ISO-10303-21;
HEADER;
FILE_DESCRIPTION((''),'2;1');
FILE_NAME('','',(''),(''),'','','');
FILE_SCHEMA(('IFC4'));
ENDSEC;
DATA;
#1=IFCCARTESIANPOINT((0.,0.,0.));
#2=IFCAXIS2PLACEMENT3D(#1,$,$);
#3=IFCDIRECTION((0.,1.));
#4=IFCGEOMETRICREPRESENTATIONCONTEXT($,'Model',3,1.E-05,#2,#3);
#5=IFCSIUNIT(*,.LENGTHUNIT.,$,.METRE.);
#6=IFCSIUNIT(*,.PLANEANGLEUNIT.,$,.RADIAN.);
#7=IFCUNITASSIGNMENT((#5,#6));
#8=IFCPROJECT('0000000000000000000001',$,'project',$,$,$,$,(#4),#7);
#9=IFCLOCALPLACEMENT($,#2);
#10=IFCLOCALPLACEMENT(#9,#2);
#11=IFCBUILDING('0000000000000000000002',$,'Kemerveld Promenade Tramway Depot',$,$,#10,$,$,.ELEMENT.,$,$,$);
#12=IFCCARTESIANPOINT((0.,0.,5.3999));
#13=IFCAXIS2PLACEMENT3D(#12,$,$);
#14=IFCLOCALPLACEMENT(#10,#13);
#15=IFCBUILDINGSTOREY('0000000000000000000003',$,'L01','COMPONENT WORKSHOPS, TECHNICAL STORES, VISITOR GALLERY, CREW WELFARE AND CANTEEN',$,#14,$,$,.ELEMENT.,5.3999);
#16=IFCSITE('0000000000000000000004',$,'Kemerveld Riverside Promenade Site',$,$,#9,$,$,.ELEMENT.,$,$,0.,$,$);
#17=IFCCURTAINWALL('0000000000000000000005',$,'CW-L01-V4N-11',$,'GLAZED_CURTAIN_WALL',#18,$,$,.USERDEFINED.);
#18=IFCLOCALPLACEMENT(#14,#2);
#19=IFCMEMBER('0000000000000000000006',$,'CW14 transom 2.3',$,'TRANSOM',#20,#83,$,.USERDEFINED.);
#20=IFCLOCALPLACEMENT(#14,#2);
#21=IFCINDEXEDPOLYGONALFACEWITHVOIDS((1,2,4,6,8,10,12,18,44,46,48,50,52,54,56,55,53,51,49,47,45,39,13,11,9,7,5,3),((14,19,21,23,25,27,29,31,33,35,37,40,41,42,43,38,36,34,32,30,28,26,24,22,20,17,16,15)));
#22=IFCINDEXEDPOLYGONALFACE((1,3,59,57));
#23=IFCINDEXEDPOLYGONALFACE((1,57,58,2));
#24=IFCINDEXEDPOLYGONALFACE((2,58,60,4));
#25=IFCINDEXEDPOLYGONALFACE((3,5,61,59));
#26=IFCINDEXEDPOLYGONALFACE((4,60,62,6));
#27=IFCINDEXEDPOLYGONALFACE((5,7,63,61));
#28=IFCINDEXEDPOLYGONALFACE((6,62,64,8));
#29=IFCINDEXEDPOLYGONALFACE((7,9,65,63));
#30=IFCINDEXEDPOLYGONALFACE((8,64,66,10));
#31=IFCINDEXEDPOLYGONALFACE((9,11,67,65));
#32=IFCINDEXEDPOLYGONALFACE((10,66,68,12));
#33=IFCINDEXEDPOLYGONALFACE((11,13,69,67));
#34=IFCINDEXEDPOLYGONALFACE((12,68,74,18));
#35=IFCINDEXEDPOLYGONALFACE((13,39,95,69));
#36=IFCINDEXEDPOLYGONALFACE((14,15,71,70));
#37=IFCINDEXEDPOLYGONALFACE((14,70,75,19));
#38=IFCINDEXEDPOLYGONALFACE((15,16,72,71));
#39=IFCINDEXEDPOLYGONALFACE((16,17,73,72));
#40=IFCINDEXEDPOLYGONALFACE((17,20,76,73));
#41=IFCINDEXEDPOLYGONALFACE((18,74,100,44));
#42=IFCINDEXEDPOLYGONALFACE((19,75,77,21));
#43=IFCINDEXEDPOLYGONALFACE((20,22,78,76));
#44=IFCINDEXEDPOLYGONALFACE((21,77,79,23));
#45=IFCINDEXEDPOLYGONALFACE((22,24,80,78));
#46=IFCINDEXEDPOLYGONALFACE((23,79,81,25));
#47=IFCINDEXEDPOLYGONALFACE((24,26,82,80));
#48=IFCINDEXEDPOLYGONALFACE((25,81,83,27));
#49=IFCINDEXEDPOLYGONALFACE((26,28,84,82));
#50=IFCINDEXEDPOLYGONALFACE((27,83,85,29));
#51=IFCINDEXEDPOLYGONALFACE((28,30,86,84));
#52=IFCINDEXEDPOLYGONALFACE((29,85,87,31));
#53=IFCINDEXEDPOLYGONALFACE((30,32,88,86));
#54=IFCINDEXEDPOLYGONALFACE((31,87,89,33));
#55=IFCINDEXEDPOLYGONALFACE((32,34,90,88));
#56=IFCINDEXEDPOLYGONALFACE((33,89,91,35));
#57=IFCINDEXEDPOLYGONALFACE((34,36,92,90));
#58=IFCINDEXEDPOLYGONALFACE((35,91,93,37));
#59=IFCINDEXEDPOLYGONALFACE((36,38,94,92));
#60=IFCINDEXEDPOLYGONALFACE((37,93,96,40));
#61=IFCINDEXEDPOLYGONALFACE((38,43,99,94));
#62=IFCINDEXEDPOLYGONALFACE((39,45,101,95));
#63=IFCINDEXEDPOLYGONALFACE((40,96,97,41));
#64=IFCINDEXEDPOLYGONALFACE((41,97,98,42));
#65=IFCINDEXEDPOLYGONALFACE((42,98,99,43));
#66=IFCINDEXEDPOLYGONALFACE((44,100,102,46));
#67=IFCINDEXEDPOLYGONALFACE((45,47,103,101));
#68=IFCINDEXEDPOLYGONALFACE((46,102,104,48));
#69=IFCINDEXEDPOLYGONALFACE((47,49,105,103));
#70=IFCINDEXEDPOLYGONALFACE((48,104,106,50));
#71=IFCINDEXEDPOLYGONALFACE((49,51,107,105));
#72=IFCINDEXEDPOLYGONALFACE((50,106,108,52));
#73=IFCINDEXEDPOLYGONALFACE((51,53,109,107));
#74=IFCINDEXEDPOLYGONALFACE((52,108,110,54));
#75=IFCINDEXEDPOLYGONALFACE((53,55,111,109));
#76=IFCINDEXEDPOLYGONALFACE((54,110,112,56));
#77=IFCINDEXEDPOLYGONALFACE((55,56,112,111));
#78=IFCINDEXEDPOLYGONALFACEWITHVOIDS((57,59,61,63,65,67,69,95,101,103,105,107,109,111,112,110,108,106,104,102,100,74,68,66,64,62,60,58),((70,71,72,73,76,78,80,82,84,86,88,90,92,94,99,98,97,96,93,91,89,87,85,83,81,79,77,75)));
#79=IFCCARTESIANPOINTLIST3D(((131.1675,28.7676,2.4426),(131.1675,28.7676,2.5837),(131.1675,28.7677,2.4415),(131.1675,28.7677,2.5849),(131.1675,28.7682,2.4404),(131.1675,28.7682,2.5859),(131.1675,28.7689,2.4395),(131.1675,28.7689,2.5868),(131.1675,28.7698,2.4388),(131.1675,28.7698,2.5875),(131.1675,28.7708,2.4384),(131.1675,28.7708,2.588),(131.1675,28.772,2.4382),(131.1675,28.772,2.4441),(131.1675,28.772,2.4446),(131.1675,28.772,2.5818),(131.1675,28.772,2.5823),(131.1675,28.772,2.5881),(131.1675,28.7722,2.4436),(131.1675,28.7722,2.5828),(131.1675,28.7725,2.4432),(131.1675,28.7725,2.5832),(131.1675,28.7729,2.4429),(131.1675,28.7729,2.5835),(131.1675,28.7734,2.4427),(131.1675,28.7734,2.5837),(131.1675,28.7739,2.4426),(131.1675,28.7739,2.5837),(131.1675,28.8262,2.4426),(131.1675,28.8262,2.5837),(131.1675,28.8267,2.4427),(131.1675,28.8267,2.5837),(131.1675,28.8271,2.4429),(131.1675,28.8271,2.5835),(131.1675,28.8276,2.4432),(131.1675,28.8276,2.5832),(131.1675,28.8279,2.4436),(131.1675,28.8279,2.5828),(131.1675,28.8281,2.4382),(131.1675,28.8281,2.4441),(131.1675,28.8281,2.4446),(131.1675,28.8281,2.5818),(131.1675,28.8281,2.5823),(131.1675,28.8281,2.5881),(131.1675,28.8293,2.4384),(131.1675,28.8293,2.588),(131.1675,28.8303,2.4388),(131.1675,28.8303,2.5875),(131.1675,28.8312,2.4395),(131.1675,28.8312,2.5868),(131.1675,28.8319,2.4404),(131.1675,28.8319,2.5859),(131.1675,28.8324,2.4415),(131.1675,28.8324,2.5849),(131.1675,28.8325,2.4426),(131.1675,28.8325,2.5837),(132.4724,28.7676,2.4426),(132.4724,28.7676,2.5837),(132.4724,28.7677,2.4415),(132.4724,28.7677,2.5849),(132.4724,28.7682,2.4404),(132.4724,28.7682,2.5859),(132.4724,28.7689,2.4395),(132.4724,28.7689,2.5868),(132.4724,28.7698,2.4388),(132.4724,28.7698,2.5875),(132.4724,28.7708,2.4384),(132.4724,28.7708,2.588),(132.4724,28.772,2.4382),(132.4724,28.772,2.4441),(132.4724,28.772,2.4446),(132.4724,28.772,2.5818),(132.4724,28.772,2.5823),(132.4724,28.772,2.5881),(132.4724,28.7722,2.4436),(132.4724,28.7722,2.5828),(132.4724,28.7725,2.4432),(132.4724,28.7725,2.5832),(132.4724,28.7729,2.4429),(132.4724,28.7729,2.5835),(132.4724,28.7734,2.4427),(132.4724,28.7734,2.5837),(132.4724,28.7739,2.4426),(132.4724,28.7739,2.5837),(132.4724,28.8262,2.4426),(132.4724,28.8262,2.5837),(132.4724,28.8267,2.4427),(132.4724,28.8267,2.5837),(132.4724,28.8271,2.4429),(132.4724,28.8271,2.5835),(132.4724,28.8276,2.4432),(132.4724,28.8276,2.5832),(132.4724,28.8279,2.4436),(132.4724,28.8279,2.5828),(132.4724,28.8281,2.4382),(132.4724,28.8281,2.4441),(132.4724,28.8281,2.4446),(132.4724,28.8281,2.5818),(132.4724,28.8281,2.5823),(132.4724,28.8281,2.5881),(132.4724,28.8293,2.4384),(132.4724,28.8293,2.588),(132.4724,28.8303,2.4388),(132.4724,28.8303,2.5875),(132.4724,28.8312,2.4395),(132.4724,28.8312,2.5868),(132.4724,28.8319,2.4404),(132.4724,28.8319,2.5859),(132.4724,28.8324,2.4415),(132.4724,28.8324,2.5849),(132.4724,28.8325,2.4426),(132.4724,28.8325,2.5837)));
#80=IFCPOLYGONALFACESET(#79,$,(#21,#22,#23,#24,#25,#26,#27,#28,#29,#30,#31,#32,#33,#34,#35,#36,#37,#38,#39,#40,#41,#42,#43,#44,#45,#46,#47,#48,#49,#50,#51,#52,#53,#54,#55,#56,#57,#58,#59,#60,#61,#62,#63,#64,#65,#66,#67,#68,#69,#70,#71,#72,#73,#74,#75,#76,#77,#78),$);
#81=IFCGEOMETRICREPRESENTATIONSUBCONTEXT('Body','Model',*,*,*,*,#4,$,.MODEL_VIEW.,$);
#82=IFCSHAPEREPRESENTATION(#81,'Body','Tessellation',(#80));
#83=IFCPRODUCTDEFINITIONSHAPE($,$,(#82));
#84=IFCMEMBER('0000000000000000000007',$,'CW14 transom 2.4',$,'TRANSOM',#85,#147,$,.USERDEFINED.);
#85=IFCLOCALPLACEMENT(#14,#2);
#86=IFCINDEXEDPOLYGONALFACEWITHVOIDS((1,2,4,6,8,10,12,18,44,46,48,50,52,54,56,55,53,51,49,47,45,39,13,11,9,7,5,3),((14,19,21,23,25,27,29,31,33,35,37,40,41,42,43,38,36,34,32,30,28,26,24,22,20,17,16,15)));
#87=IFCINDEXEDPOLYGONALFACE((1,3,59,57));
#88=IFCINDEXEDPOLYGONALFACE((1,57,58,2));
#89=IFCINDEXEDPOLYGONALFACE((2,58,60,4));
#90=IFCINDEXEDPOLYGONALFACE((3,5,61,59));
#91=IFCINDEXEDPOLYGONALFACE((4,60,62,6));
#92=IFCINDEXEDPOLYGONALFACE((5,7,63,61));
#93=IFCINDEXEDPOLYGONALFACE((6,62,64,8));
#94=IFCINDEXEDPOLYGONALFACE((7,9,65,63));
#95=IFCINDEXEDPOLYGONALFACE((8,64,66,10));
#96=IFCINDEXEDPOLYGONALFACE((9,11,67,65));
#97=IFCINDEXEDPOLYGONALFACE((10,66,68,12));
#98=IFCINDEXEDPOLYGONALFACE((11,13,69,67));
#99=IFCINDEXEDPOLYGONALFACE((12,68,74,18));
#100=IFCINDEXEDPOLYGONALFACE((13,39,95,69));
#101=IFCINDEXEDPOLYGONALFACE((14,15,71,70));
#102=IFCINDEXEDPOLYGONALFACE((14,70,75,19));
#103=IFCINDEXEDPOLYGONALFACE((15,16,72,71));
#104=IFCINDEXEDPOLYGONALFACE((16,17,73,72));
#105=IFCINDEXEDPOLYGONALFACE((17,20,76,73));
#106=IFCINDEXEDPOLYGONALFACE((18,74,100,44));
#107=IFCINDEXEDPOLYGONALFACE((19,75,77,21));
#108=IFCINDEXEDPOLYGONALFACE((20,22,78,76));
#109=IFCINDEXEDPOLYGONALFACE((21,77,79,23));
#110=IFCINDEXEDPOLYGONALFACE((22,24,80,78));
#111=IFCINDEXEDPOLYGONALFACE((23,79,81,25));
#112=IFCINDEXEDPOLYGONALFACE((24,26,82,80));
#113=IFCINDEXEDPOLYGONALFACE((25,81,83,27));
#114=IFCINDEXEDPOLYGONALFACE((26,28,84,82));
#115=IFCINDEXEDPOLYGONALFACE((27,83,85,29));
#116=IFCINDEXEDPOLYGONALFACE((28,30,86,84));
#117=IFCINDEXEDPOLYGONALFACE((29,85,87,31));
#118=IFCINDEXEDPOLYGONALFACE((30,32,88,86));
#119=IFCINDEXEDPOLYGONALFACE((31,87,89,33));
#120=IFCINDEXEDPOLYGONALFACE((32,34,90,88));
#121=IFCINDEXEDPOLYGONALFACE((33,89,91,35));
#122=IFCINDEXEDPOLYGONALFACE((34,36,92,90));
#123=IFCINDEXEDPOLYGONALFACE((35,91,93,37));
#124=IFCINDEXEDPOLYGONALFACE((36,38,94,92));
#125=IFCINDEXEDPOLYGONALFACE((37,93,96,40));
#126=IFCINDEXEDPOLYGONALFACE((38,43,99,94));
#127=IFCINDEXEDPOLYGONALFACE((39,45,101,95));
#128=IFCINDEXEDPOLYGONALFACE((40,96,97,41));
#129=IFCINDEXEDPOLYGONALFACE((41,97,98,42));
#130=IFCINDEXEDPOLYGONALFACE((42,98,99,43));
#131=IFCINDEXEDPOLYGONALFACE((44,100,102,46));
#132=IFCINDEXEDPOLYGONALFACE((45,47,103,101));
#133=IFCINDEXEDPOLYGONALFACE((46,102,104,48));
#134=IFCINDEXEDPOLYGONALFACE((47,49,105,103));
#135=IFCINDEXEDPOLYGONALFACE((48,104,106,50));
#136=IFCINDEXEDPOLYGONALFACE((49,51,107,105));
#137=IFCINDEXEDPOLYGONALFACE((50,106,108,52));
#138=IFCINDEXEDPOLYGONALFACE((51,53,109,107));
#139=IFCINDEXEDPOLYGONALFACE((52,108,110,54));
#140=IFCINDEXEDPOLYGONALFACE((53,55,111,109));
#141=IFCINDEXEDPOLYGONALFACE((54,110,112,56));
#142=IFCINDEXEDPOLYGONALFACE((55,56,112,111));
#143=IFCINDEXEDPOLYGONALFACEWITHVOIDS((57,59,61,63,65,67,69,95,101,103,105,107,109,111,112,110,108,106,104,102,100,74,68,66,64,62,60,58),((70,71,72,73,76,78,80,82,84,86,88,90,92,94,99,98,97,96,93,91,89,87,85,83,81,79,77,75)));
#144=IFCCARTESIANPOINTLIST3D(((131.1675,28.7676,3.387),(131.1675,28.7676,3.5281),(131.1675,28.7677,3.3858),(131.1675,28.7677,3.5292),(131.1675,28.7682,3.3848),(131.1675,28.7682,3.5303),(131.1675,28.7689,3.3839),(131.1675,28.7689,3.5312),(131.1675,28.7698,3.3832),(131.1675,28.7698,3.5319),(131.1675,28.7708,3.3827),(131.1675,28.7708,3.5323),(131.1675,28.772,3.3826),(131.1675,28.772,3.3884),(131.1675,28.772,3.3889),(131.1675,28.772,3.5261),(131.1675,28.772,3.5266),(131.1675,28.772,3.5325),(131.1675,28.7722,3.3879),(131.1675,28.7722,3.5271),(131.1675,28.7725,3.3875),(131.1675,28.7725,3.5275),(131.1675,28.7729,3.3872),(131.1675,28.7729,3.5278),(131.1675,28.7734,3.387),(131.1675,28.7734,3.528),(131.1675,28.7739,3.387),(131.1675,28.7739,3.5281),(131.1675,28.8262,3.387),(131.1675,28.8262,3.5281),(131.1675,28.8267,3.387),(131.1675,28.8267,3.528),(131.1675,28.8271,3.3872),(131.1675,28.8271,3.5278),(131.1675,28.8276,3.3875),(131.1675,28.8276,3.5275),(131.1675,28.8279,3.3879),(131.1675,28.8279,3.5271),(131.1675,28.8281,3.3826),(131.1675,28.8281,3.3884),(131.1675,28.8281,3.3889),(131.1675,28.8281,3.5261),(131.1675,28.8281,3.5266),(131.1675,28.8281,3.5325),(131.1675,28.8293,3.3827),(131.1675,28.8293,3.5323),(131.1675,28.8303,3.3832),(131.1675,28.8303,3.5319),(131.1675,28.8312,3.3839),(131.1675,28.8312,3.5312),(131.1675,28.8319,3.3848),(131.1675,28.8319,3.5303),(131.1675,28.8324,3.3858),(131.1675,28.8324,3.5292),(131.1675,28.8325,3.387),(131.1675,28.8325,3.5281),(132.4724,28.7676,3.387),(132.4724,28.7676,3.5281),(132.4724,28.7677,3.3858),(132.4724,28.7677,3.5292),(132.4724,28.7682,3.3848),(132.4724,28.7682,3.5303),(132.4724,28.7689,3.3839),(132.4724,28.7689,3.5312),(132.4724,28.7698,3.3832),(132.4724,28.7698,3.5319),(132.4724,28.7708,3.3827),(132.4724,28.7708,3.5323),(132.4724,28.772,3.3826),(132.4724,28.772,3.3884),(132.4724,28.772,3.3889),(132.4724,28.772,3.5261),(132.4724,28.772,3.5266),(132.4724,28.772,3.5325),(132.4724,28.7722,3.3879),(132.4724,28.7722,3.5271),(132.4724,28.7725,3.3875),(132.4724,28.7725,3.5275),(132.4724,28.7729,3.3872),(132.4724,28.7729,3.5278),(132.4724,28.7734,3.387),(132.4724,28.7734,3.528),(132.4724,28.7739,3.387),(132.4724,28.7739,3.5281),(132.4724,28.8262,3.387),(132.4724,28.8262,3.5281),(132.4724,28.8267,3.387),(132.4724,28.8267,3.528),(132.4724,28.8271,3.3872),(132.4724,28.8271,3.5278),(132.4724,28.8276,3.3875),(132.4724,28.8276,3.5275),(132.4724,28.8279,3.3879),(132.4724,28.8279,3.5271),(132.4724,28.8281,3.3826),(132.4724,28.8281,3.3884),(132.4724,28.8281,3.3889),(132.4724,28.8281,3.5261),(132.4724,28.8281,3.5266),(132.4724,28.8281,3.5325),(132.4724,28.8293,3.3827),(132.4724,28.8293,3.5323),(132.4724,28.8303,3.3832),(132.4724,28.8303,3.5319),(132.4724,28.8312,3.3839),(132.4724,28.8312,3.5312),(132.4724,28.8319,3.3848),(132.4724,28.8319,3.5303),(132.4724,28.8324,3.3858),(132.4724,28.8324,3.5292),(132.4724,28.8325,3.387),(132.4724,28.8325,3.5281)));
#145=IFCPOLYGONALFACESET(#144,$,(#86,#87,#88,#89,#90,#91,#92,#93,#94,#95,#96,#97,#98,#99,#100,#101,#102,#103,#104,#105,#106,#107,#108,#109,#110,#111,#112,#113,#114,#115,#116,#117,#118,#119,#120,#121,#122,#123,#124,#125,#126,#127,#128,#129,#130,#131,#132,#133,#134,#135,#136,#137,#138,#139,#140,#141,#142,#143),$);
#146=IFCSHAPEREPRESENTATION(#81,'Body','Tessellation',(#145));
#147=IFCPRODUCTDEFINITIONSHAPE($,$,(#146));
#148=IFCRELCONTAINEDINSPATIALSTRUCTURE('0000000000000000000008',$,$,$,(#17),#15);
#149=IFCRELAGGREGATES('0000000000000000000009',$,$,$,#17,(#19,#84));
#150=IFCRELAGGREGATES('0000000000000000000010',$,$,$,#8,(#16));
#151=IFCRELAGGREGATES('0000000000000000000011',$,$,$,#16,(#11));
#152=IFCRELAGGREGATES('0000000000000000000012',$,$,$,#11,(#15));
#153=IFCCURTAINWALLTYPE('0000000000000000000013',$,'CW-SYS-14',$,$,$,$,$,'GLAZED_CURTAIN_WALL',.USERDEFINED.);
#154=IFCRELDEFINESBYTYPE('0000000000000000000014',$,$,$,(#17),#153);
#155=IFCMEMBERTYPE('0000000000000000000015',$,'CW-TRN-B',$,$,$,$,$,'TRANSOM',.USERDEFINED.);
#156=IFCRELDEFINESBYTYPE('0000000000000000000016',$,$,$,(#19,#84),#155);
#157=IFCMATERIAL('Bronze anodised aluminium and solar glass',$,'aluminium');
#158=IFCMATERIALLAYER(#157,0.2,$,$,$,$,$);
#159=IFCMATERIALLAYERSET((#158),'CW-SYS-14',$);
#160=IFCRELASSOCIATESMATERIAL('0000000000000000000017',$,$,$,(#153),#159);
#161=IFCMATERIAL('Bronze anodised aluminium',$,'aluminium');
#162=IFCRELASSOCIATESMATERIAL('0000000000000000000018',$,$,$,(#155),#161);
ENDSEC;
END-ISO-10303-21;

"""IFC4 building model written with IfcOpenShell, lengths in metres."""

from ifc_helpers import new_model, si_unit, direction, frame, origin, origin_2d, place, context, subcontext, project, spatial, hollow_rectangle, extrude, material, layer, layer_set, material_profile, profile_set, type_object, element, aggregate, save


model = new_model("IFC4")

# Units and contexts
model_context = context("Model", 3, precision=1e-05, world=origin(), true_north=direction((0.0, 1.0)))
body_context = subcontext(model_context, "Body", "Model", "MODEL_VIEW")
ifc_project = project(units=[si_unit("LENGTHUNIT", "METRE"), si_unit("PLANEANGLEUNIT", "RADIAN")], contexts=[model_context])

# Site, building, storey
site_placement = place(None, origin())
site = spatial("IfcSite", under=ifc_project, at=site_placement, Name="Kemerveld Riverside Promenade Site", CompositionType="ELEMENT", RefElevation=0.0)
building_placement = place(site_placement, origin())
building = spatial("IfcBuilding", under=site, at=building_placement, Name="Kemerveld Promenade Tramway Depot", CompositionType="ELEMENT")
storey_placement = place(building_placement, frame((0.0, 0.0, 5.3999)))
storey = spatial("IfcBuildingStorey", under=building, at=storey_placement, Name="L01", Description="COMPONENT WORKSHOPS, TECHNICAL STORES, VISITOR GALLERY, CREW WELFARE AND CANTEEN", CompositionType="ELEMENT", Elevation=5.3999)

# Curtain wall, members
ifc_material_1 = material(Name="Bronze anodised aluminium and solar glass", Category="aluminium")
ifc_layer_1 = layer(ifc_material_1, 0.2)
ifc_layer_set_1 = layer_set([ifc_layer_1], Name="CW-SYS-14")
curtain_wall_type = type_object("IfcCurtainWallType", Name="CW-SYS-14", ElementType="GLAZED_CURTAIN_WALL", PredefinedType="USERDEFINED", material=ifc_layer_set_1)
curtain_wall_placement = place(storey_placement, origin())
curtain_wall = element("IfcCurtainWall", 1, at=curtain_wall_placement, inside=storey, type_object=curtain_wall_type, Name="CW-L01-V4N-11", ObjectType="GLAZED_CURTAIN_WALL", PredefinedType="USERDEFINED")
ifc_material_2 = material(Name="Bronze anodised aluminium", Category="aluminium")
ifc_material_profile_1 = material_profile(ifc_material_2, hollow_rectangle(XDim=0.0649, YDim=0.1499, WallThickness=0.0044, InnerFilletRadius=0.002, OuterFilletRadius=0.0044, at=origin_2d()), Name="CW-TRN-150x65")
ifc_profile_set_1 = profile_set([ifc_material_profile_1], Name="Bronze anodised aluminium")
member_type_1 = type_object("IfcMemberType", Name="CW-TRN-B", ElementType="TRANSOM", PredefinedType="USERDEFINED", material=ifc_profile_set_1)
member_1_placement = place(storey_placement, frame((131.1675, 28.8, 2.5132), z_axis=(1.0, 0.0, 0.0), x_axis=(0.0, 1.0, 0.0)))
member_1 = element("IfcMember", 2, at=member_1_placement, type_object=member_type_1, Name="CW14 transom 2.3", ObjectType="TRANSOM", PredefinedType="USERDEFINED", context=body_context, shape_type="SweptSolid", body=[
    extrude(hollow_rectangle(XDim=0.0649, YDim=0.1499, WallThickness=0.0044, InnerFilletRadius=0.002, OuterFilletRadius=0.0044, at=origin_2d()), origin(), (0.0, 0.0, 1.0), 1.3049),
])
member_2_placement = place(storey_placement, frame((131.1675, 28.8, 3.4575), z_axis=(1.0, 0.0, 0.0), x_axis=(0.0, 1.0, 0.0)))
member_2 = element("IfcMember", 3, at=member_2_placement, type_object=member_type_1, Name="CW14 transom 2.4", ObjectType="TRANSOM", PredefinedType="USERDEFINED", context=body_context, shape_type="SweptSolid", body=[
    extrude(hollow_rectangle(XDim=0.0649, YDim=0.1499, WallThickness=0.0044, InnerFilletRadius=0.002, OuterFilletRadius=0.0044, at=origin_2d()), origin(), (0.0, 0.0, 1.0), 1.3049),
])
aggregate(curtain_wall, [member_1, member_2])

save(model, "model.ifc")
